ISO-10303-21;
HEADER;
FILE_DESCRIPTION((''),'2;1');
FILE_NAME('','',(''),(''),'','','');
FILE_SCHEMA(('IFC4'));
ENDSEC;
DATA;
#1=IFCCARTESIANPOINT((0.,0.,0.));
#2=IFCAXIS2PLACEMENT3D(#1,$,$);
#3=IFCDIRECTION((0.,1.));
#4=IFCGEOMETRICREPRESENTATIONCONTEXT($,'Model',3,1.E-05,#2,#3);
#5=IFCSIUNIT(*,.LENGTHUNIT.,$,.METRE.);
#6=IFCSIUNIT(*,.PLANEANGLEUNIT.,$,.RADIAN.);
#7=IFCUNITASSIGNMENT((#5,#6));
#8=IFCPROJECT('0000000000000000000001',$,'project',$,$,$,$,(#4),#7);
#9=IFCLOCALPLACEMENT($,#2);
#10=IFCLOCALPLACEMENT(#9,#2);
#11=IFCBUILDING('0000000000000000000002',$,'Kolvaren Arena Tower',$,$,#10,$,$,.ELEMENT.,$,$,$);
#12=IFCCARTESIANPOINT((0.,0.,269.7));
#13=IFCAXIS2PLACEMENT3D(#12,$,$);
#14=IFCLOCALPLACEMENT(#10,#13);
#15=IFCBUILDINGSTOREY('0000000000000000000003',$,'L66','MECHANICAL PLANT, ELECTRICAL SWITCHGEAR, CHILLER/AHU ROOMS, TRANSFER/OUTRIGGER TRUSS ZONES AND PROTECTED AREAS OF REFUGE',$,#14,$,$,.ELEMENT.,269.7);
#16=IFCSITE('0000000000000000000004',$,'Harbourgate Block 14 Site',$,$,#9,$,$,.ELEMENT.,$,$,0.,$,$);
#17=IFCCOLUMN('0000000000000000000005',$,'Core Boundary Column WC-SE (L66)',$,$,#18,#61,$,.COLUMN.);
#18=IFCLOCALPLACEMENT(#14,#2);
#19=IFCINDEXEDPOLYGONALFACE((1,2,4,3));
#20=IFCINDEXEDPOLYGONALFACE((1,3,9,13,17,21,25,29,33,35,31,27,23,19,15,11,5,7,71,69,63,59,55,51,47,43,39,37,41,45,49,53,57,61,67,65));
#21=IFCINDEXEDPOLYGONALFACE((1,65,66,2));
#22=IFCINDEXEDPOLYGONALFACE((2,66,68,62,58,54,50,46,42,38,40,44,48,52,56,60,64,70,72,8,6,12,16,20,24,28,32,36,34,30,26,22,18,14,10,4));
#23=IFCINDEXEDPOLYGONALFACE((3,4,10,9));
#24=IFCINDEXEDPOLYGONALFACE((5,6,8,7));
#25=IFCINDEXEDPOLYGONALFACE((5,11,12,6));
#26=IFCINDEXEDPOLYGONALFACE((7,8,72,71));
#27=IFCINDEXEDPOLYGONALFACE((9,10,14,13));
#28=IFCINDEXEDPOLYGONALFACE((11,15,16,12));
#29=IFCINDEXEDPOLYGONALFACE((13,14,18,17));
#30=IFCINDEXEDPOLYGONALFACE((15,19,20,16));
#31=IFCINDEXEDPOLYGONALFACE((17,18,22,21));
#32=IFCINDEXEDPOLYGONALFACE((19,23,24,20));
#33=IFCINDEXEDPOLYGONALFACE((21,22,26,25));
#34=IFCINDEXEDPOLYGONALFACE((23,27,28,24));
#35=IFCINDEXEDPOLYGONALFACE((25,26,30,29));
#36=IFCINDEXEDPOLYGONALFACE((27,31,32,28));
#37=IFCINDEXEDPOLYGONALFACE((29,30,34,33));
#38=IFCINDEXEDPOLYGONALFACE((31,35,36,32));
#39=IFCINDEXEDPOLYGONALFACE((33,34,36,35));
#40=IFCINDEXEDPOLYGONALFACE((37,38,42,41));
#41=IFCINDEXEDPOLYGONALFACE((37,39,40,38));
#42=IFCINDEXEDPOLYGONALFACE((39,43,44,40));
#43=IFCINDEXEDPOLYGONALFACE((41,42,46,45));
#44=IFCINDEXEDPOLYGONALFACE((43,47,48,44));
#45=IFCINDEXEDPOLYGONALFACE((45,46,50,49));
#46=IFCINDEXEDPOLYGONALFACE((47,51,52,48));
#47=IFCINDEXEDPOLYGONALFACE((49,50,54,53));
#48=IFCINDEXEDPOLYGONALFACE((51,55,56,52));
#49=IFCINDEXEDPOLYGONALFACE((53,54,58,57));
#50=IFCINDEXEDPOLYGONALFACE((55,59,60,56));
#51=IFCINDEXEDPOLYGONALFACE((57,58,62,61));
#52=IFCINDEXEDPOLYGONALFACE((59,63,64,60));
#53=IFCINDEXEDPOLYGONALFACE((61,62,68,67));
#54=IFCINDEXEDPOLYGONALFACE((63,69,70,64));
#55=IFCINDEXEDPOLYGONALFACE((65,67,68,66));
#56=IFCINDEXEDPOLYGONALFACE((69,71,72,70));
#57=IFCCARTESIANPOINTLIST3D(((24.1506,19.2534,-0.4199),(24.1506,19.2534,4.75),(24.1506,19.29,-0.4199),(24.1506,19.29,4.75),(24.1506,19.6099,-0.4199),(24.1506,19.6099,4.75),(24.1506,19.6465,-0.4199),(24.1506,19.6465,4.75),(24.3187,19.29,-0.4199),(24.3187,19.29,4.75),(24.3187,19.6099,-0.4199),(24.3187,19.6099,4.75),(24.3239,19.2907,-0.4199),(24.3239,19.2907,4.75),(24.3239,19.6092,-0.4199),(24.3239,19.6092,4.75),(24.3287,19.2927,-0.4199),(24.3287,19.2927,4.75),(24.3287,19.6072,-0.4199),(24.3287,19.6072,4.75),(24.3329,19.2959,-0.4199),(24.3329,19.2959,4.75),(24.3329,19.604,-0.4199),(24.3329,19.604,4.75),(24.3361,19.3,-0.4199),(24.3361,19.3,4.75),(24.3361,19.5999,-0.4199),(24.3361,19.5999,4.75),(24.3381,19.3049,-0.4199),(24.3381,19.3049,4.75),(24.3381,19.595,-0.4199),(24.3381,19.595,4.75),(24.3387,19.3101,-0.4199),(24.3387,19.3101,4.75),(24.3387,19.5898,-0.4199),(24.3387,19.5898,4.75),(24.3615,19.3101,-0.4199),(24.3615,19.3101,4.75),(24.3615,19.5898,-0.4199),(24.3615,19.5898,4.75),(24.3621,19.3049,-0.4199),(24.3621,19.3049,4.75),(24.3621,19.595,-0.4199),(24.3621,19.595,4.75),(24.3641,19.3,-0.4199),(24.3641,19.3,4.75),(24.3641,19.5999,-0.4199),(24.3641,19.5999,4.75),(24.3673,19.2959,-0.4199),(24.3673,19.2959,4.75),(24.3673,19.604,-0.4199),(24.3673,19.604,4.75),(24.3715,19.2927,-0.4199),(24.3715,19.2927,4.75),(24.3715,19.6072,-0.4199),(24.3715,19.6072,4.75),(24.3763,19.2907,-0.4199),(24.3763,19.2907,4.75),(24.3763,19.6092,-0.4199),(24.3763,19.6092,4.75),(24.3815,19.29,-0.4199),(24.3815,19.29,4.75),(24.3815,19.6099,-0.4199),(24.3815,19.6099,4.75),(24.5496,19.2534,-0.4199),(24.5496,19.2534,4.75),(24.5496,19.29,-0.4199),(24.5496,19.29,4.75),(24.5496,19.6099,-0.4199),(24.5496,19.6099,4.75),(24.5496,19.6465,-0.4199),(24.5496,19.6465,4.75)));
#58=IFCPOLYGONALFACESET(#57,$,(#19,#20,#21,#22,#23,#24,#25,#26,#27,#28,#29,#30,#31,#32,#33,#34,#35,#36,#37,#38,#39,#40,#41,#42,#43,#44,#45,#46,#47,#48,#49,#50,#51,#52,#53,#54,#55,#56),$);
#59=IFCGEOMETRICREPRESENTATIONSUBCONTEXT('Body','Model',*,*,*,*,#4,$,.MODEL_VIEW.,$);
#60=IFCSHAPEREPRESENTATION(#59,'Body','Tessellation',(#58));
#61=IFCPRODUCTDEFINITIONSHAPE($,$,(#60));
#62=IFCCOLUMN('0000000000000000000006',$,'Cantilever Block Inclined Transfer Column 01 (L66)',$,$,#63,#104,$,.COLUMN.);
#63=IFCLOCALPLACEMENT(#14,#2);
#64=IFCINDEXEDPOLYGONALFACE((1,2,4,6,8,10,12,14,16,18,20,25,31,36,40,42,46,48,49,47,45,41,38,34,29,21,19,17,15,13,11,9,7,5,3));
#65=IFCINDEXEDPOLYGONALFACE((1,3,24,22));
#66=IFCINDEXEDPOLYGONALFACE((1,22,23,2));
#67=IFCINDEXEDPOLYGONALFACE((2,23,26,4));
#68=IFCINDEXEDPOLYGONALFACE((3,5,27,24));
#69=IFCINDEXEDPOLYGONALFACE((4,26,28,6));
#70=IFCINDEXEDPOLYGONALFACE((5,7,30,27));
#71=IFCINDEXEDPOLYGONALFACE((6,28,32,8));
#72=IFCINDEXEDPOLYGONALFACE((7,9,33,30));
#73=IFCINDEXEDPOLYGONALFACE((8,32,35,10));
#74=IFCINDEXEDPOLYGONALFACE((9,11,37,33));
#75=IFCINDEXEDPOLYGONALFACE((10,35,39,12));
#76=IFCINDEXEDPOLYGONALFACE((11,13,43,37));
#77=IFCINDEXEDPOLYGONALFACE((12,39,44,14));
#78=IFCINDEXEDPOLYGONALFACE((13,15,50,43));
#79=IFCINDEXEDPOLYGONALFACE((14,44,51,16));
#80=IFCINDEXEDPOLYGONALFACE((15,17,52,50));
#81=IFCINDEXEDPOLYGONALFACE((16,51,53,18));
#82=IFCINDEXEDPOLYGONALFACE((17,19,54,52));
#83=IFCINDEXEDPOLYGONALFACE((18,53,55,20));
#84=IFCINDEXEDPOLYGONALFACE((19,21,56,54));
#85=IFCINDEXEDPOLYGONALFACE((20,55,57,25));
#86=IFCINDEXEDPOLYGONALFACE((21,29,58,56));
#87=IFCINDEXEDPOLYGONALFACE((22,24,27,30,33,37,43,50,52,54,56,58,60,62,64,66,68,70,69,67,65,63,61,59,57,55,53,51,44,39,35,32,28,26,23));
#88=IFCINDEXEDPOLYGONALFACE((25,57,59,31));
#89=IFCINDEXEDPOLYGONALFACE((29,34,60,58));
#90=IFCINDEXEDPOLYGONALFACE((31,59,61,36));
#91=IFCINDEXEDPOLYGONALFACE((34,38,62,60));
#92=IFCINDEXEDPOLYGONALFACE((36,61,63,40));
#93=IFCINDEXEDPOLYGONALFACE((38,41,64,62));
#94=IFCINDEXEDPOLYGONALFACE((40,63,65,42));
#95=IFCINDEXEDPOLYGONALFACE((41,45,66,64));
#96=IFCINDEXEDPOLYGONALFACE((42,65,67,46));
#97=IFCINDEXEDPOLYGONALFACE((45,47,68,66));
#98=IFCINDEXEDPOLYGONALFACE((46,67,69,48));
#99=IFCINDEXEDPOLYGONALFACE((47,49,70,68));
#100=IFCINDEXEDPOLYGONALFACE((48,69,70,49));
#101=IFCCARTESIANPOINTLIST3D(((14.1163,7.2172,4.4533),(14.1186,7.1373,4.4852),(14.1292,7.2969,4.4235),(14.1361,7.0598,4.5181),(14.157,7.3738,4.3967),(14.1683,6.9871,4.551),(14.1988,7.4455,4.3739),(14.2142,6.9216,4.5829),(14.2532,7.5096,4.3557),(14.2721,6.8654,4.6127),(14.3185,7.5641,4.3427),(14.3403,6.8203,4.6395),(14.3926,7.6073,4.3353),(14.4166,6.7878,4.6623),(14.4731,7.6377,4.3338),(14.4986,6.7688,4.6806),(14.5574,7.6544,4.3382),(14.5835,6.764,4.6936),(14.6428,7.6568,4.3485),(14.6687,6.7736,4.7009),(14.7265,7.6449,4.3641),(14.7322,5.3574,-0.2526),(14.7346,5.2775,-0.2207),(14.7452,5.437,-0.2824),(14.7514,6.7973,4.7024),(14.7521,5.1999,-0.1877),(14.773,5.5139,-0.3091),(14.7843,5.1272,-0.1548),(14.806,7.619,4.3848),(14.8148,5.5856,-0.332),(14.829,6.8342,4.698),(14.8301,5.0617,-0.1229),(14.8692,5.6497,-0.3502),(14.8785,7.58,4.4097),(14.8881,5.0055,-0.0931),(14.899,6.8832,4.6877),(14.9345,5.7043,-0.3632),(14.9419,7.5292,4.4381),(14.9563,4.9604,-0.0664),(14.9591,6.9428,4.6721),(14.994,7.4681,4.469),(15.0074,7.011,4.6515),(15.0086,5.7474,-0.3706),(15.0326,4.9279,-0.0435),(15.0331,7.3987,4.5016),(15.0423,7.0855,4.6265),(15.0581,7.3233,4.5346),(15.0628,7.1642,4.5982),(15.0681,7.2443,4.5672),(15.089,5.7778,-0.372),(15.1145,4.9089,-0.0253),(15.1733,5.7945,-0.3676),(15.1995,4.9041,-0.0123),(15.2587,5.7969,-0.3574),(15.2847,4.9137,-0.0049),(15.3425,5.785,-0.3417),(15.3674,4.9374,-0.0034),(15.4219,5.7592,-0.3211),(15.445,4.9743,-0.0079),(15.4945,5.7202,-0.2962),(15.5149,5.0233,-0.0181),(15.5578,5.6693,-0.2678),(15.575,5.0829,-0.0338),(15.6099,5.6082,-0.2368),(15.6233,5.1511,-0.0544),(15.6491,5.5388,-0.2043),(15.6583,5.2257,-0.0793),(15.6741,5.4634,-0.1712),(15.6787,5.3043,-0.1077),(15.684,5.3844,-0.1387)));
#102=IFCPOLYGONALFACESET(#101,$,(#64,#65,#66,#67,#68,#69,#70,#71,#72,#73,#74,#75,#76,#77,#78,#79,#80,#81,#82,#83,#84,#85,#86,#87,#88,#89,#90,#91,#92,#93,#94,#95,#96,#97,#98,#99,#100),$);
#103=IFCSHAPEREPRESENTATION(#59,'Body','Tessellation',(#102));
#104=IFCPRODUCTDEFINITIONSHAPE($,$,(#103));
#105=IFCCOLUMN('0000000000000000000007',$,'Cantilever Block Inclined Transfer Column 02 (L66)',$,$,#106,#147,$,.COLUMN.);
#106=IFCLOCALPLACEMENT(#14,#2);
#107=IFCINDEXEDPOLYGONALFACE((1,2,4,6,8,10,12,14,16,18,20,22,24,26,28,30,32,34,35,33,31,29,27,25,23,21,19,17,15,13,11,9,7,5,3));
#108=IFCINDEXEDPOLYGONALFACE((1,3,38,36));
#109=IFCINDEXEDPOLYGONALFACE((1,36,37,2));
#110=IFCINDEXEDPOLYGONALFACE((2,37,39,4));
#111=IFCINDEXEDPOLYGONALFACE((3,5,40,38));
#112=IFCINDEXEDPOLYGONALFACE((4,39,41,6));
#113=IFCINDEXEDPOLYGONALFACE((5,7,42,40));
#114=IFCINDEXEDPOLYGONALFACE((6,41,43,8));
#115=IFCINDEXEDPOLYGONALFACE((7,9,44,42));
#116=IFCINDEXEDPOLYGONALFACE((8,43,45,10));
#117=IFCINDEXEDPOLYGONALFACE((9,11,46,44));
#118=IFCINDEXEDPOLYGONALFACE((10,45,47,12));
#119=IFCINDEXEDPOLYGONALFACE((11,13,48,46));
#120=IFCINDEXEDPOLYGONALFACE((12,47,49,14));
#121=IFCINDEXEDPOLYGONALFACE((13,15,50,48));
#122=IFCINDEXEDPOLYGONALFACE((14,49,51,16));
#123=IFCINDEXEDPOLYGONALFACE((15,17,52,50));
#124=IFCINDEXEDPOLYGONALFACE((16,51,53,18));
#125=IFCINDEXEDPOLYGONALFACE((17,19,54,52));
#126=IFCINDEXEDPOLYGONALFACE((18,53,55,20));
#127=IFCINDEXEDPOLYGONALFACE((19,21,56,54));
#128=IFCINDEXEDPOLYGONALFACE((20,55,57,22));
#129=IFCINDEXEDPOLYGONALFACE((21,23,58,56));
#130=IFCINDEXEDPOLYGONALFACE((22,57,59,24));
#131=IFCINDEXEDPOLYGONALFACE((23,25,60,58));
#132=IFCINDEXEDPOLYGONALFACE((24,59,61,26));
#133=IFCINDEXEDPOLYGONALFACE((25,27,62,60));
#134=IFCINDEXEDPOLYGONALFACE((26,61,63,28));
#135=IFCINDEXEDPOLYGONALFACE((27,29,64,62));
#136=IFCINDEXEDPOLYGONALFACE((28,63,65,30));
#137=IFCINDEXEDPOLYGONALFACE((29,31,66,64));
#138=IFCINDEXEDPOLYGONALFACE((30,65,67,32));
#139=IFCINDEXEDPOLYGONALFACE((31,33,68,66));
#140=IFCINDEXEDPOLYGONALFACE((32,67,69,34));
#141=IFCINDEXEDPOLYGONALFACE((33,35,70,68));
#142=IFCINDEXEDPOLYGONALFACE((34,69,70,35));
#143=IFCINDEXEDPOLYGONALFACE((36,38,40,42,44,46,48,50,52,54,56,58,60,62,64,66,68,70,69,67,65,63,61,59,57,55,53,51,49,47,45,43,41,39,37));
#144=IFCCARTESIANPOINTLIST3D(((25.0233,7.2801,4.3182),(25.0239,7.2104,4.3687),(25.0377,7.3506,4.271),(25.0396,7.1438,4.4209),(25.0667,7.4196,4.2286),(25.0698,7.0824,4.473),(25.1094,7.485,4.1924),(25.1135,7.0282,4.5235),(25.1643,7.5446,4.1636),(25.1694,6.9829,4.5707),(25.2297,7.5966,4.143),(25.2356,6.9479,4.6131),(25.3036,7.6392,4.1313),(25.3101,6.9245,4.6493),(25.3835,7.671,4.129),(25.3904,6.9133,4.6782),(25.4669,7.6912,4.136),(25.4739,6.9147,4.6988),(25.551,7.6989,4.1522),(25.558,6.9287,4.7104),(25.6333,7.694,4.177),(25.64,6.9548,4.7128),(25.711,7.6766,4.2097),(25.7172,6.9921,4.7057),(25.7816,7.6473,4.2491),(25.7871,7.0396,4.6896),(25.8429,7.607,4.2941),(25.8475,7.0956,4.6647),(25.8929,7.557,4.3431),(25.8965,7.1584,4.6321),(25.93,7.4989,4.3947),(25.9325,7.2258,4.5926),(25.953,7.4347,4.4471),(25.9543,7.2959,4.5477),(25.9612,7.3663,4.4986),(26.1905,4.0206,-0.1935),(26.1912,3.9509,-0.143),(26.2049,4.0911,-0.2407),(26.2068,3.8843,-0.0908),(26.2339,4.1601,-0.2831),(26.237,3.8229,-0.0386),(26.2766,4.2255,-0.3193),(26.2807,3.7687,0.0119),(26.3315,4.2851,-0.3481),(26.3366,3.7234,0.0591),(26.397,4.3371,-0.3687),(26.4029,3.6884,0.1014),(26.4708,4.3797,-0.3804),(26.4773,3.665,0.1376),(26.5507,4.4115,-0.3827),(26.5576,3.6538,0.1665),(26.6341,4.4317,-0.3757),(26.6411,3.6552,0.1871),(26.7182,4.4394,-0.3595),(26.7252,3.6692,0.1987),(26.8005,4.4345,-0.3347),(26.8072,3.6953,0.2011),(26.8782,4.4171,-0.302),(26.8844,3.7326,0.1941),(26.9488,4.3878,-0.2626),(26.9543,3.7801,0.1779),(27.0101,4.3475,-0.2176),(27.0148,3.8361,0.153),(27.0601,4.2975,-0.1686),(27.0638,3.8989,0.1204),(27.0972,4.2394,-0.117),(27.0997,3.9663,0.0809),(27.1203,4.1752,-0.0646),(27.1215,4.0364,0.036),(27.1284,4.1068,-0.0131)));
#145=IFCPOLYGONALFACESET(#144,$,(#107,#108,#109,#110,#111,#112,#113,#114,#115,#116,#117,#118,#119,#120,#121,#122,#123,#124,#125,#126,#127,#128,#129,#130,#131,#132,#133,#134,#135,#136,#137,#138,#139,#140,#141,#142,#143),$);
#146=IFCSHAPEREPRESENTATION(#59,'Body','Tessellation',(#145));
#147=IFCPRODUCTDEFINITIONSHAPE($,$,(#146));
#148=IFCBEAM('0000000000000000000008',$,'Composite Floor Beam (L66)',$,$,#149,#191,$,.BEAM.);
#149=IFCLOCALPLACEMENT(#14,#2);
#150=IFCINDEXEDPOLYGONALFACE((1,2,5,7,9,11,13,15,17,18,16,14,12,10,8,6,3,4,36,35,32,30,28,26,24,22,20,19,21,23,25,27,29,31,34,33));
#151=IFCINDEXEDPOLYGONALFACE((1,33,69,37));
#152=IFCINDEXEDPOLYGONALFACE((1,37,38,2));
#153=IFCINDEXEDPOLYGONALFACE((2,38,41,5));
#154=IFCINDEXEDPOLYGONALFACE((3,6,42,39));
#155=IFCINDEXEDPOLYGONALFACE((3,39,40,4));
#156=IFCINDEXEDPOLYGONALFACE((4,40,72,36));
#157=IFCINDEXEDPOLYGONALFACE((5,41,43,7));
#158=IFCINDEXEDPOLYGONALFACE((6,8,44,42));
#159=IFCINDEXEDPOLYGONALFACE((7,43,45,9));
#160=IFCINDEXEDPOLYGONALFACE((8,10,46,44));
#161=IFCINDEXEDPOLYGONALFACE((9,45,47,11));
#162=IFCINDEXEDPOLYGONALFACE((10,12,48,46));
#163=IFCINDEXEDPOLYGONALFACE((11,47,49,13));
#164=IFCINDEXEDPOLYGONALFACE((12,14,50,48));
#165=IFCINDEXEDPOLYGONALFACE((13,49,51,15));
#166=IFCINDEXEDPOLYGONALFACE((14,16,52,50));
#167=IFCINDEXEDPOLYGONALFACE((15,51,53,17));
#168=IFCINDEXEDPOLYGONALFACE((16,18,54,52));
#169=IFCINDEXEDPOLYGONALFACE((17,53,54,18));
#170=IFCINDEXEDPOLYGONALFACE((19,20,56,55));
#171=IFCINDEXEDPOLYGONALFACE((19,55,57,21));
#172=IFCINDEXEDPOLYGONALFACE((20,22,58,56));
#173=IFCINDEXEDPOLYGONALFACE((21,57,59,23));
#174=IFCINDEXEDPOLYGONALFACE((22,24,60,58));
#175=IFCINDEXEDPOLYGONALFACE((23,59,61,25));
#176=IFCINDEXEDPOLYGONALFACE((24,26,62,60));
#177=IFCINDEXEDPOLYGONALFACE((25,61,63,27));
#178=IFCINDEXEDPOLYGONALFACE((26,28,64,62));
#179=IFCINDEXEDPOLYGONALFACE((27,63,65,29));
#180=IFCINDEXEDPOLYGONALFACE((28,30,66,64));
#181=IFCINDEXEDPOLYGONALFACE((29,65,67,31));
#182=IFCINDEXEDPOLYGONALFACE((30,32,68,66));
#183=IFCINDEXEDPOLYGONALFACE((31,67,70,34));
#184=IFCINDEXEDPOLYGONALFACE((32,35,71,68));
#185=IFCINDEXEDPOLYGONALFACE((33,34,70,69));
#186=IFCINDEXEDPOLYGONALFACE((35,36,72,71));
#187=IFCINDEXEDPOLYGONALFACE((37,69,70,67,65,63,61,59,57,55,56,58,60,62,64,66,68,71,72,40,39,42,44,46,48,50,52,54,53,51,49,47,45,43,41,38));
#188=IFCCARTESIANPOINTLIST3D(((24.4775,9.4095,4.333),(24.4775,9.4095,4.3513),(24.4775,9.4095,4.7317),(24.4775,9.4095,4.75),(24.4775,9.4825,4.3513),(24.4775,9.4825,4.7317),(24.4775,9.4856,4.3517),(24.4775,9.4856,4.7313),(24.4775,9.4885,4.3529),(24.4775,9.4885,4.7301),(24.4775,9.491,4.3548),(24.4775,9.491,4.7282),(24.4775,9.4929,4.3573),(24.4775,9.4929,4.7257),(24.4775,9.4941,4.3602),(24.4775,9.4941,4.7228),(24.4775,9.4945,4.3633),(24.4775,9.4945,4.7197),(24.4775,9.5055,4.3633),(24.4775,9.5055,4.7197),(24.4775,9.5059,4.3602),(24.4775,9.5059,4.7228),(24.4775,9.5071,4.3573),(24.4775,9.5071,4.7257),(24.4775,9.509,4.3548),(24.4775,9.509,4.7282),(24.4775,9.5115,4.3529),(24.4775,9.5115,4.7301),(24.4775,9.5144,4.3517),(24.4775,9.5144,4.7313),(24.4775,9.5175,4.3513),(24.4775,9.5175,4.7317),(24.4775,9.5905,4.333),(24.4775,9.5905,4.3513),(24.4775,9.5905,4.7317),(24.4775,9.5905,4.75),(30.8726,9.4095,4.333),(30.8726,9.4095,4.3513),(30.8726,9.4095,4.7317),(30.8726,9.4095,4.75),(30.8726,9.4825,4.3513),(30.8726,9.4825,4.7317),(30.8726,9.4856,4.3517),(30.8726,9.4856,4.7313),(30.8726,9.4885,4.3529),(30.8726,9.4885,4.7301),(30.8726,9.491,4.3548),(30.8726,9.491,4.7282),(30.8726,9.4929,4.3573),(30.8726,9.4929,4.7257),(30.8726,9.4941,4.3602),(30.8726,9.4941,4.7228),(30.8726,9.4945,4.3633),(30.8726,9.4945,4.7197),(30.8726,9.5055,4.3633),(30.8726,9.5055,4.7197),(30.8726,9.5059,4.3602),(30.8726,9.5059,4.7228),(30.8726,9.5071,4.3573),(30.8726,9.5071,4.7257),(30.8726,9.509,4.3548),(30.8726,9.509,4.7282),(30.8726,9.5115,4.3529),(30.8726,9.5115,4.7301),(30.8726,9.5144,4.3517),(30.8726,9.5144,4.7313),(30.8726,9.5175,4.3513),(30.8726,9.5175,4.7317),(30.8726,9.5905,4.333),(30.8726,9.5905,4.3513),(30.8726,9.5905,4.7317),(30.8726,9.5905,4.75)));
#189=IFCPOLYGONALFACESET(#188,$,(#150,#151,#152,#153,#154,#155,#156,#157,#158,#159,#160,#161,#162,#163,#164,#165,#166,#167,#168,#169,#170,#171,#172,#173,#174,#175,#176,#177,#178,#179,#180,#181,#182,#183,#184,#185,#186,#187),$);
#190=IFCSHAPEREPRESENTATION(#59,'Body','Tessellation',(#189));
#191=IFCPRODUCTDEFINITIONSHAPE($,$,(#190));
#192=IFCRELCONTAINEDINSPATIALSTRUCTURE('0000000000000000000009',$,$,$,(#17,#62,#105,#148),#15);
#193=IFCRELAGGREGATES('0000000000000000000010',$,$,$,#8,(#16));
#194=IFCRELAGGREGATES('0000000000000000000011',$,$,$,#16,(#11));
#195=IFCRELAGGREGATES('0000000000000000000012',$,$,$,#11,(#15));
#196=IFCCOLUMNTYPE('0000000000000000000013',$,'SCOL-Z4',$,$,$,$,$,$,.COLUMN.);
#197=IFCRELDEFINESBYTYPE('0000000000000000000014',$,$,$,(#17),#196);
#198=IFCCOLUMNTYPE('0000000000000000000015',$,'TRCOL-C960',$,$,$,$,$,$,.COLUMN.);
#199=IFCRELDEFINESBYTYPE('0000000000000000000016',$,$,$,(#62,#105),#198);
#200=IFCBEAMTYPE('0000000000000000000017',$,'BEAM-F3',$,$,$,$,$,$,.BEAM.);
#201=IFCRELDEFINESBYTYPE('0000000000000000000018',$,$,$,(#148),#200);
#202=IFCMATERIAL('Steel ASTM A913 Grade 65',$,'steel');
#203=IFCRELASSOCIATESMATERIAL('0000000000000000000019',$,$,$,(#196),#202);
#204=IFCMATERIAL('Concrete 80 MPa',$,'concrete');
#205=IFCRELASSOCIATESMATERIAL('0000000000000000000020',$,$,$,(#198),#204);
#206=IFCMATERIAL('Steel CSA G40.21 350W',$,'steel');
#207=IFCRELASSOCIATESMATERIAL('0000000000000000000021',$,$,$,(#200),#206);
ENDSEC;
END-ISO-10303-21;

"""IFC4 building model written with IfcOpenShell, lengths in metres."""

from ifc_helpers import new_model, si_unit, direction, frame, origin, origin_2d, place, context, subcontext, project, spatial, circle, i_section, extrude, material, material_profile, profile_set, type_object, element, save


model = new_model("IFC4")

# Units and contexts
model_context = context("Model", 3, precision=1e-05, world=origin(), true_north=direction((0.0, 1.0)))
body_context = subcontext(model_context, "Body", "Model", "MODEL_VIEW")
ifc_project = project(units=[si_unit("LENGTHUNIT", "METRE"), si_unit("PLANEANGLEUNIT", "RADIAN")], contexts=[model_context])

# Site, building, storey
site_placement = place(None, origin())
site = spatial("IfcSite", under=ifc_project, at=site_placement, Name="Harbourgate Block 14 Site", CompositionType="ELEMENT", RefElevation=0.0)
building_placement = place(site_placement, origin())
building = spatial("IfcBuilding", under=site, at=building_placement, Name="Kolvaren Arena Tower", CompositionType="ELEMENT")
storey_placement = place(building_placement, frame((0.0, 0.0, 269.7)))
storey = spatial("IfcBuildingStorey", under=building, at=storey_placement, Name="L66", Description="MECHANICAL PLANT, ELECTRICAL SWITCHGEAR, CHILLER/AHU ROOMS, TRANSFER/OUTRIGGER TRUSS ZONES AND PROTECTED AREAS OF REFUGE", CompositionType="ELEMENT", Elevation=269.7)

# Columns
ifc_material_1 = material(Name="Steel ASTM A913 Grade 65", Category="steel")
ifc_material_profile_1 = material_profile(ifc_material_1, i_section(OverallWidth=0.3989, OverallDepth=0.3931, WebThickness=0.0227, FlangeThickness=0.0366, FilletRadius=0.02, at=origin_2d()), Name="W360x287")
ifc_profile_set_1 = profile_set([ifc_material_profile_1], Name="Steel ASTM A913 Grade 65")
column_type_1 = type_object("IfcColumnType", Name="SCOL-Z4", PredefinedType="COLUMN", material=ifc_profile_set_1)
column_1_placement = place(storey_placement, frame((24.3501, 19.45, -0.4199), z_axis=(0.0, 0.0, 1.0), x_axis=(1.0, 0.0, 0.0)))
element("IfcColumn", 1, at=column_1_placement, inside=storey, type_object=column_type_1, Name="Core Boundary Column WC-SE (L66)", PredefinedType="COLUMN", context=body_context, shape_type="SweptSolid", body=[
    extrude(i_section(OverallWidth=0.3989, OverallDepth=0.3931, WebThickness=0.0227, FlangeThickness=0.0366, FilletRadius=0.02, at=origin_2d()), origin(), (0.0, 0.0, 1.0), 5.1699),
])
ifc_material_2 = material(Name="Concrete 80 MPa", Category="concrete")
ifc_material_profile_2 = material_profile(ifc_material_2, circle(Radius=0.48, at=origin_2d()), Name="RC-CIRC-960")
ifc_profile_set_2 = profile_set([ifc_material_profile_2], Name="Concrete 80 MPa")
column_type_2 = type_object("IfcColumnType", Name="TRCOL-C960", PredefinedType="COLUMN", material=ifc_profile_set_2)
column_2_placement = place(storey_placement, frame((15.2078, 5.3508, -0.1877), z_axis=(-0.12084, 0.364867, 0.923184), x_axis=(-0.949292, -0.314395, 0.0)))
element("IfcColumn", 2, at=column_2_placement, inside=storey, type_object=column_type_2, Name="Cantilever Block Inclined Transfer Column 01 (L66)", PredefinedType="COLUMN", context=body_context, shape_type="SweptSolid", body=[
    extrude(circle(Radius=0.48, at=origin_2d()), origin(), (0.0, 0.0, 1.0), 5.0974),
])
column_3_placement = place(storey_placement, frame((26.6587, 4.0461, -0.0908), z_axis=(-0.205245, 0.573148, 0.793332), x_axis=(-0.941456, -0.337136, 0.0)))
element("IfcColumn", 3, at=column_3_placement, inside=storey, type_object=column_type_2, Name="Cantilever Block Inclined Transfer Column 02 (L66)", PredefinedType="COLUMN", context=body_context, shape_type="SweptSolid", body=[
    extrude(circle(Radius=0.48, at=origin_2d()), origin(), (0.0, 0.0, 1.0), 5.687),
])

# Beam
ifc_material_3 = material(Name="Steel CSA G40.21 350W", Category="steel")
ifc_material_profile_3 = material_profile(ifc_material_3, i_section(OverallWidth=0.1809, OverallDepth=0.417, WebThickness=0.011, FlangeThickness=0.0183, FilletRadius=0.012, at=origin_2d()), Name="W410x85")
ifc_profile_set_3 = profile_set([ifc_material_profile_3], Name="Steel CSA G40.21 350W")
beam_type_1 = type_object("IfcBeamType", Name="BEAM-F3", PredefinedType="BEAM", material=ifc_profile_set_3)
for number, where, z_axis, x_axis, name in (
    (4, (24.4775, 9.5, 4.5415), (1.0, 0.0, 0.0), (0.0, 1.0, 0.0), "Composite Floor Beam (L66)"),
):
    element("IfcBeam", number, at=place(storey_placement, frame(where, z_axis=z_axis, x_axis=x_axis)), inside=storey, type_object=beam_type_1, Name=name, PredefinedType="BEAM", context=body_context, shape_type="SweptSolid", body=[
        extrude(i_section(OverallWidth=0.1809, OverallDepth=0.417, WebThickness=0.011, FlangeThickness=0.0183, FilletRadius=0.012, at=origin_2d()), origin(), (0.0, 0.0, 1.0), 6.395),
    ])

save(model, "model.ifc")
